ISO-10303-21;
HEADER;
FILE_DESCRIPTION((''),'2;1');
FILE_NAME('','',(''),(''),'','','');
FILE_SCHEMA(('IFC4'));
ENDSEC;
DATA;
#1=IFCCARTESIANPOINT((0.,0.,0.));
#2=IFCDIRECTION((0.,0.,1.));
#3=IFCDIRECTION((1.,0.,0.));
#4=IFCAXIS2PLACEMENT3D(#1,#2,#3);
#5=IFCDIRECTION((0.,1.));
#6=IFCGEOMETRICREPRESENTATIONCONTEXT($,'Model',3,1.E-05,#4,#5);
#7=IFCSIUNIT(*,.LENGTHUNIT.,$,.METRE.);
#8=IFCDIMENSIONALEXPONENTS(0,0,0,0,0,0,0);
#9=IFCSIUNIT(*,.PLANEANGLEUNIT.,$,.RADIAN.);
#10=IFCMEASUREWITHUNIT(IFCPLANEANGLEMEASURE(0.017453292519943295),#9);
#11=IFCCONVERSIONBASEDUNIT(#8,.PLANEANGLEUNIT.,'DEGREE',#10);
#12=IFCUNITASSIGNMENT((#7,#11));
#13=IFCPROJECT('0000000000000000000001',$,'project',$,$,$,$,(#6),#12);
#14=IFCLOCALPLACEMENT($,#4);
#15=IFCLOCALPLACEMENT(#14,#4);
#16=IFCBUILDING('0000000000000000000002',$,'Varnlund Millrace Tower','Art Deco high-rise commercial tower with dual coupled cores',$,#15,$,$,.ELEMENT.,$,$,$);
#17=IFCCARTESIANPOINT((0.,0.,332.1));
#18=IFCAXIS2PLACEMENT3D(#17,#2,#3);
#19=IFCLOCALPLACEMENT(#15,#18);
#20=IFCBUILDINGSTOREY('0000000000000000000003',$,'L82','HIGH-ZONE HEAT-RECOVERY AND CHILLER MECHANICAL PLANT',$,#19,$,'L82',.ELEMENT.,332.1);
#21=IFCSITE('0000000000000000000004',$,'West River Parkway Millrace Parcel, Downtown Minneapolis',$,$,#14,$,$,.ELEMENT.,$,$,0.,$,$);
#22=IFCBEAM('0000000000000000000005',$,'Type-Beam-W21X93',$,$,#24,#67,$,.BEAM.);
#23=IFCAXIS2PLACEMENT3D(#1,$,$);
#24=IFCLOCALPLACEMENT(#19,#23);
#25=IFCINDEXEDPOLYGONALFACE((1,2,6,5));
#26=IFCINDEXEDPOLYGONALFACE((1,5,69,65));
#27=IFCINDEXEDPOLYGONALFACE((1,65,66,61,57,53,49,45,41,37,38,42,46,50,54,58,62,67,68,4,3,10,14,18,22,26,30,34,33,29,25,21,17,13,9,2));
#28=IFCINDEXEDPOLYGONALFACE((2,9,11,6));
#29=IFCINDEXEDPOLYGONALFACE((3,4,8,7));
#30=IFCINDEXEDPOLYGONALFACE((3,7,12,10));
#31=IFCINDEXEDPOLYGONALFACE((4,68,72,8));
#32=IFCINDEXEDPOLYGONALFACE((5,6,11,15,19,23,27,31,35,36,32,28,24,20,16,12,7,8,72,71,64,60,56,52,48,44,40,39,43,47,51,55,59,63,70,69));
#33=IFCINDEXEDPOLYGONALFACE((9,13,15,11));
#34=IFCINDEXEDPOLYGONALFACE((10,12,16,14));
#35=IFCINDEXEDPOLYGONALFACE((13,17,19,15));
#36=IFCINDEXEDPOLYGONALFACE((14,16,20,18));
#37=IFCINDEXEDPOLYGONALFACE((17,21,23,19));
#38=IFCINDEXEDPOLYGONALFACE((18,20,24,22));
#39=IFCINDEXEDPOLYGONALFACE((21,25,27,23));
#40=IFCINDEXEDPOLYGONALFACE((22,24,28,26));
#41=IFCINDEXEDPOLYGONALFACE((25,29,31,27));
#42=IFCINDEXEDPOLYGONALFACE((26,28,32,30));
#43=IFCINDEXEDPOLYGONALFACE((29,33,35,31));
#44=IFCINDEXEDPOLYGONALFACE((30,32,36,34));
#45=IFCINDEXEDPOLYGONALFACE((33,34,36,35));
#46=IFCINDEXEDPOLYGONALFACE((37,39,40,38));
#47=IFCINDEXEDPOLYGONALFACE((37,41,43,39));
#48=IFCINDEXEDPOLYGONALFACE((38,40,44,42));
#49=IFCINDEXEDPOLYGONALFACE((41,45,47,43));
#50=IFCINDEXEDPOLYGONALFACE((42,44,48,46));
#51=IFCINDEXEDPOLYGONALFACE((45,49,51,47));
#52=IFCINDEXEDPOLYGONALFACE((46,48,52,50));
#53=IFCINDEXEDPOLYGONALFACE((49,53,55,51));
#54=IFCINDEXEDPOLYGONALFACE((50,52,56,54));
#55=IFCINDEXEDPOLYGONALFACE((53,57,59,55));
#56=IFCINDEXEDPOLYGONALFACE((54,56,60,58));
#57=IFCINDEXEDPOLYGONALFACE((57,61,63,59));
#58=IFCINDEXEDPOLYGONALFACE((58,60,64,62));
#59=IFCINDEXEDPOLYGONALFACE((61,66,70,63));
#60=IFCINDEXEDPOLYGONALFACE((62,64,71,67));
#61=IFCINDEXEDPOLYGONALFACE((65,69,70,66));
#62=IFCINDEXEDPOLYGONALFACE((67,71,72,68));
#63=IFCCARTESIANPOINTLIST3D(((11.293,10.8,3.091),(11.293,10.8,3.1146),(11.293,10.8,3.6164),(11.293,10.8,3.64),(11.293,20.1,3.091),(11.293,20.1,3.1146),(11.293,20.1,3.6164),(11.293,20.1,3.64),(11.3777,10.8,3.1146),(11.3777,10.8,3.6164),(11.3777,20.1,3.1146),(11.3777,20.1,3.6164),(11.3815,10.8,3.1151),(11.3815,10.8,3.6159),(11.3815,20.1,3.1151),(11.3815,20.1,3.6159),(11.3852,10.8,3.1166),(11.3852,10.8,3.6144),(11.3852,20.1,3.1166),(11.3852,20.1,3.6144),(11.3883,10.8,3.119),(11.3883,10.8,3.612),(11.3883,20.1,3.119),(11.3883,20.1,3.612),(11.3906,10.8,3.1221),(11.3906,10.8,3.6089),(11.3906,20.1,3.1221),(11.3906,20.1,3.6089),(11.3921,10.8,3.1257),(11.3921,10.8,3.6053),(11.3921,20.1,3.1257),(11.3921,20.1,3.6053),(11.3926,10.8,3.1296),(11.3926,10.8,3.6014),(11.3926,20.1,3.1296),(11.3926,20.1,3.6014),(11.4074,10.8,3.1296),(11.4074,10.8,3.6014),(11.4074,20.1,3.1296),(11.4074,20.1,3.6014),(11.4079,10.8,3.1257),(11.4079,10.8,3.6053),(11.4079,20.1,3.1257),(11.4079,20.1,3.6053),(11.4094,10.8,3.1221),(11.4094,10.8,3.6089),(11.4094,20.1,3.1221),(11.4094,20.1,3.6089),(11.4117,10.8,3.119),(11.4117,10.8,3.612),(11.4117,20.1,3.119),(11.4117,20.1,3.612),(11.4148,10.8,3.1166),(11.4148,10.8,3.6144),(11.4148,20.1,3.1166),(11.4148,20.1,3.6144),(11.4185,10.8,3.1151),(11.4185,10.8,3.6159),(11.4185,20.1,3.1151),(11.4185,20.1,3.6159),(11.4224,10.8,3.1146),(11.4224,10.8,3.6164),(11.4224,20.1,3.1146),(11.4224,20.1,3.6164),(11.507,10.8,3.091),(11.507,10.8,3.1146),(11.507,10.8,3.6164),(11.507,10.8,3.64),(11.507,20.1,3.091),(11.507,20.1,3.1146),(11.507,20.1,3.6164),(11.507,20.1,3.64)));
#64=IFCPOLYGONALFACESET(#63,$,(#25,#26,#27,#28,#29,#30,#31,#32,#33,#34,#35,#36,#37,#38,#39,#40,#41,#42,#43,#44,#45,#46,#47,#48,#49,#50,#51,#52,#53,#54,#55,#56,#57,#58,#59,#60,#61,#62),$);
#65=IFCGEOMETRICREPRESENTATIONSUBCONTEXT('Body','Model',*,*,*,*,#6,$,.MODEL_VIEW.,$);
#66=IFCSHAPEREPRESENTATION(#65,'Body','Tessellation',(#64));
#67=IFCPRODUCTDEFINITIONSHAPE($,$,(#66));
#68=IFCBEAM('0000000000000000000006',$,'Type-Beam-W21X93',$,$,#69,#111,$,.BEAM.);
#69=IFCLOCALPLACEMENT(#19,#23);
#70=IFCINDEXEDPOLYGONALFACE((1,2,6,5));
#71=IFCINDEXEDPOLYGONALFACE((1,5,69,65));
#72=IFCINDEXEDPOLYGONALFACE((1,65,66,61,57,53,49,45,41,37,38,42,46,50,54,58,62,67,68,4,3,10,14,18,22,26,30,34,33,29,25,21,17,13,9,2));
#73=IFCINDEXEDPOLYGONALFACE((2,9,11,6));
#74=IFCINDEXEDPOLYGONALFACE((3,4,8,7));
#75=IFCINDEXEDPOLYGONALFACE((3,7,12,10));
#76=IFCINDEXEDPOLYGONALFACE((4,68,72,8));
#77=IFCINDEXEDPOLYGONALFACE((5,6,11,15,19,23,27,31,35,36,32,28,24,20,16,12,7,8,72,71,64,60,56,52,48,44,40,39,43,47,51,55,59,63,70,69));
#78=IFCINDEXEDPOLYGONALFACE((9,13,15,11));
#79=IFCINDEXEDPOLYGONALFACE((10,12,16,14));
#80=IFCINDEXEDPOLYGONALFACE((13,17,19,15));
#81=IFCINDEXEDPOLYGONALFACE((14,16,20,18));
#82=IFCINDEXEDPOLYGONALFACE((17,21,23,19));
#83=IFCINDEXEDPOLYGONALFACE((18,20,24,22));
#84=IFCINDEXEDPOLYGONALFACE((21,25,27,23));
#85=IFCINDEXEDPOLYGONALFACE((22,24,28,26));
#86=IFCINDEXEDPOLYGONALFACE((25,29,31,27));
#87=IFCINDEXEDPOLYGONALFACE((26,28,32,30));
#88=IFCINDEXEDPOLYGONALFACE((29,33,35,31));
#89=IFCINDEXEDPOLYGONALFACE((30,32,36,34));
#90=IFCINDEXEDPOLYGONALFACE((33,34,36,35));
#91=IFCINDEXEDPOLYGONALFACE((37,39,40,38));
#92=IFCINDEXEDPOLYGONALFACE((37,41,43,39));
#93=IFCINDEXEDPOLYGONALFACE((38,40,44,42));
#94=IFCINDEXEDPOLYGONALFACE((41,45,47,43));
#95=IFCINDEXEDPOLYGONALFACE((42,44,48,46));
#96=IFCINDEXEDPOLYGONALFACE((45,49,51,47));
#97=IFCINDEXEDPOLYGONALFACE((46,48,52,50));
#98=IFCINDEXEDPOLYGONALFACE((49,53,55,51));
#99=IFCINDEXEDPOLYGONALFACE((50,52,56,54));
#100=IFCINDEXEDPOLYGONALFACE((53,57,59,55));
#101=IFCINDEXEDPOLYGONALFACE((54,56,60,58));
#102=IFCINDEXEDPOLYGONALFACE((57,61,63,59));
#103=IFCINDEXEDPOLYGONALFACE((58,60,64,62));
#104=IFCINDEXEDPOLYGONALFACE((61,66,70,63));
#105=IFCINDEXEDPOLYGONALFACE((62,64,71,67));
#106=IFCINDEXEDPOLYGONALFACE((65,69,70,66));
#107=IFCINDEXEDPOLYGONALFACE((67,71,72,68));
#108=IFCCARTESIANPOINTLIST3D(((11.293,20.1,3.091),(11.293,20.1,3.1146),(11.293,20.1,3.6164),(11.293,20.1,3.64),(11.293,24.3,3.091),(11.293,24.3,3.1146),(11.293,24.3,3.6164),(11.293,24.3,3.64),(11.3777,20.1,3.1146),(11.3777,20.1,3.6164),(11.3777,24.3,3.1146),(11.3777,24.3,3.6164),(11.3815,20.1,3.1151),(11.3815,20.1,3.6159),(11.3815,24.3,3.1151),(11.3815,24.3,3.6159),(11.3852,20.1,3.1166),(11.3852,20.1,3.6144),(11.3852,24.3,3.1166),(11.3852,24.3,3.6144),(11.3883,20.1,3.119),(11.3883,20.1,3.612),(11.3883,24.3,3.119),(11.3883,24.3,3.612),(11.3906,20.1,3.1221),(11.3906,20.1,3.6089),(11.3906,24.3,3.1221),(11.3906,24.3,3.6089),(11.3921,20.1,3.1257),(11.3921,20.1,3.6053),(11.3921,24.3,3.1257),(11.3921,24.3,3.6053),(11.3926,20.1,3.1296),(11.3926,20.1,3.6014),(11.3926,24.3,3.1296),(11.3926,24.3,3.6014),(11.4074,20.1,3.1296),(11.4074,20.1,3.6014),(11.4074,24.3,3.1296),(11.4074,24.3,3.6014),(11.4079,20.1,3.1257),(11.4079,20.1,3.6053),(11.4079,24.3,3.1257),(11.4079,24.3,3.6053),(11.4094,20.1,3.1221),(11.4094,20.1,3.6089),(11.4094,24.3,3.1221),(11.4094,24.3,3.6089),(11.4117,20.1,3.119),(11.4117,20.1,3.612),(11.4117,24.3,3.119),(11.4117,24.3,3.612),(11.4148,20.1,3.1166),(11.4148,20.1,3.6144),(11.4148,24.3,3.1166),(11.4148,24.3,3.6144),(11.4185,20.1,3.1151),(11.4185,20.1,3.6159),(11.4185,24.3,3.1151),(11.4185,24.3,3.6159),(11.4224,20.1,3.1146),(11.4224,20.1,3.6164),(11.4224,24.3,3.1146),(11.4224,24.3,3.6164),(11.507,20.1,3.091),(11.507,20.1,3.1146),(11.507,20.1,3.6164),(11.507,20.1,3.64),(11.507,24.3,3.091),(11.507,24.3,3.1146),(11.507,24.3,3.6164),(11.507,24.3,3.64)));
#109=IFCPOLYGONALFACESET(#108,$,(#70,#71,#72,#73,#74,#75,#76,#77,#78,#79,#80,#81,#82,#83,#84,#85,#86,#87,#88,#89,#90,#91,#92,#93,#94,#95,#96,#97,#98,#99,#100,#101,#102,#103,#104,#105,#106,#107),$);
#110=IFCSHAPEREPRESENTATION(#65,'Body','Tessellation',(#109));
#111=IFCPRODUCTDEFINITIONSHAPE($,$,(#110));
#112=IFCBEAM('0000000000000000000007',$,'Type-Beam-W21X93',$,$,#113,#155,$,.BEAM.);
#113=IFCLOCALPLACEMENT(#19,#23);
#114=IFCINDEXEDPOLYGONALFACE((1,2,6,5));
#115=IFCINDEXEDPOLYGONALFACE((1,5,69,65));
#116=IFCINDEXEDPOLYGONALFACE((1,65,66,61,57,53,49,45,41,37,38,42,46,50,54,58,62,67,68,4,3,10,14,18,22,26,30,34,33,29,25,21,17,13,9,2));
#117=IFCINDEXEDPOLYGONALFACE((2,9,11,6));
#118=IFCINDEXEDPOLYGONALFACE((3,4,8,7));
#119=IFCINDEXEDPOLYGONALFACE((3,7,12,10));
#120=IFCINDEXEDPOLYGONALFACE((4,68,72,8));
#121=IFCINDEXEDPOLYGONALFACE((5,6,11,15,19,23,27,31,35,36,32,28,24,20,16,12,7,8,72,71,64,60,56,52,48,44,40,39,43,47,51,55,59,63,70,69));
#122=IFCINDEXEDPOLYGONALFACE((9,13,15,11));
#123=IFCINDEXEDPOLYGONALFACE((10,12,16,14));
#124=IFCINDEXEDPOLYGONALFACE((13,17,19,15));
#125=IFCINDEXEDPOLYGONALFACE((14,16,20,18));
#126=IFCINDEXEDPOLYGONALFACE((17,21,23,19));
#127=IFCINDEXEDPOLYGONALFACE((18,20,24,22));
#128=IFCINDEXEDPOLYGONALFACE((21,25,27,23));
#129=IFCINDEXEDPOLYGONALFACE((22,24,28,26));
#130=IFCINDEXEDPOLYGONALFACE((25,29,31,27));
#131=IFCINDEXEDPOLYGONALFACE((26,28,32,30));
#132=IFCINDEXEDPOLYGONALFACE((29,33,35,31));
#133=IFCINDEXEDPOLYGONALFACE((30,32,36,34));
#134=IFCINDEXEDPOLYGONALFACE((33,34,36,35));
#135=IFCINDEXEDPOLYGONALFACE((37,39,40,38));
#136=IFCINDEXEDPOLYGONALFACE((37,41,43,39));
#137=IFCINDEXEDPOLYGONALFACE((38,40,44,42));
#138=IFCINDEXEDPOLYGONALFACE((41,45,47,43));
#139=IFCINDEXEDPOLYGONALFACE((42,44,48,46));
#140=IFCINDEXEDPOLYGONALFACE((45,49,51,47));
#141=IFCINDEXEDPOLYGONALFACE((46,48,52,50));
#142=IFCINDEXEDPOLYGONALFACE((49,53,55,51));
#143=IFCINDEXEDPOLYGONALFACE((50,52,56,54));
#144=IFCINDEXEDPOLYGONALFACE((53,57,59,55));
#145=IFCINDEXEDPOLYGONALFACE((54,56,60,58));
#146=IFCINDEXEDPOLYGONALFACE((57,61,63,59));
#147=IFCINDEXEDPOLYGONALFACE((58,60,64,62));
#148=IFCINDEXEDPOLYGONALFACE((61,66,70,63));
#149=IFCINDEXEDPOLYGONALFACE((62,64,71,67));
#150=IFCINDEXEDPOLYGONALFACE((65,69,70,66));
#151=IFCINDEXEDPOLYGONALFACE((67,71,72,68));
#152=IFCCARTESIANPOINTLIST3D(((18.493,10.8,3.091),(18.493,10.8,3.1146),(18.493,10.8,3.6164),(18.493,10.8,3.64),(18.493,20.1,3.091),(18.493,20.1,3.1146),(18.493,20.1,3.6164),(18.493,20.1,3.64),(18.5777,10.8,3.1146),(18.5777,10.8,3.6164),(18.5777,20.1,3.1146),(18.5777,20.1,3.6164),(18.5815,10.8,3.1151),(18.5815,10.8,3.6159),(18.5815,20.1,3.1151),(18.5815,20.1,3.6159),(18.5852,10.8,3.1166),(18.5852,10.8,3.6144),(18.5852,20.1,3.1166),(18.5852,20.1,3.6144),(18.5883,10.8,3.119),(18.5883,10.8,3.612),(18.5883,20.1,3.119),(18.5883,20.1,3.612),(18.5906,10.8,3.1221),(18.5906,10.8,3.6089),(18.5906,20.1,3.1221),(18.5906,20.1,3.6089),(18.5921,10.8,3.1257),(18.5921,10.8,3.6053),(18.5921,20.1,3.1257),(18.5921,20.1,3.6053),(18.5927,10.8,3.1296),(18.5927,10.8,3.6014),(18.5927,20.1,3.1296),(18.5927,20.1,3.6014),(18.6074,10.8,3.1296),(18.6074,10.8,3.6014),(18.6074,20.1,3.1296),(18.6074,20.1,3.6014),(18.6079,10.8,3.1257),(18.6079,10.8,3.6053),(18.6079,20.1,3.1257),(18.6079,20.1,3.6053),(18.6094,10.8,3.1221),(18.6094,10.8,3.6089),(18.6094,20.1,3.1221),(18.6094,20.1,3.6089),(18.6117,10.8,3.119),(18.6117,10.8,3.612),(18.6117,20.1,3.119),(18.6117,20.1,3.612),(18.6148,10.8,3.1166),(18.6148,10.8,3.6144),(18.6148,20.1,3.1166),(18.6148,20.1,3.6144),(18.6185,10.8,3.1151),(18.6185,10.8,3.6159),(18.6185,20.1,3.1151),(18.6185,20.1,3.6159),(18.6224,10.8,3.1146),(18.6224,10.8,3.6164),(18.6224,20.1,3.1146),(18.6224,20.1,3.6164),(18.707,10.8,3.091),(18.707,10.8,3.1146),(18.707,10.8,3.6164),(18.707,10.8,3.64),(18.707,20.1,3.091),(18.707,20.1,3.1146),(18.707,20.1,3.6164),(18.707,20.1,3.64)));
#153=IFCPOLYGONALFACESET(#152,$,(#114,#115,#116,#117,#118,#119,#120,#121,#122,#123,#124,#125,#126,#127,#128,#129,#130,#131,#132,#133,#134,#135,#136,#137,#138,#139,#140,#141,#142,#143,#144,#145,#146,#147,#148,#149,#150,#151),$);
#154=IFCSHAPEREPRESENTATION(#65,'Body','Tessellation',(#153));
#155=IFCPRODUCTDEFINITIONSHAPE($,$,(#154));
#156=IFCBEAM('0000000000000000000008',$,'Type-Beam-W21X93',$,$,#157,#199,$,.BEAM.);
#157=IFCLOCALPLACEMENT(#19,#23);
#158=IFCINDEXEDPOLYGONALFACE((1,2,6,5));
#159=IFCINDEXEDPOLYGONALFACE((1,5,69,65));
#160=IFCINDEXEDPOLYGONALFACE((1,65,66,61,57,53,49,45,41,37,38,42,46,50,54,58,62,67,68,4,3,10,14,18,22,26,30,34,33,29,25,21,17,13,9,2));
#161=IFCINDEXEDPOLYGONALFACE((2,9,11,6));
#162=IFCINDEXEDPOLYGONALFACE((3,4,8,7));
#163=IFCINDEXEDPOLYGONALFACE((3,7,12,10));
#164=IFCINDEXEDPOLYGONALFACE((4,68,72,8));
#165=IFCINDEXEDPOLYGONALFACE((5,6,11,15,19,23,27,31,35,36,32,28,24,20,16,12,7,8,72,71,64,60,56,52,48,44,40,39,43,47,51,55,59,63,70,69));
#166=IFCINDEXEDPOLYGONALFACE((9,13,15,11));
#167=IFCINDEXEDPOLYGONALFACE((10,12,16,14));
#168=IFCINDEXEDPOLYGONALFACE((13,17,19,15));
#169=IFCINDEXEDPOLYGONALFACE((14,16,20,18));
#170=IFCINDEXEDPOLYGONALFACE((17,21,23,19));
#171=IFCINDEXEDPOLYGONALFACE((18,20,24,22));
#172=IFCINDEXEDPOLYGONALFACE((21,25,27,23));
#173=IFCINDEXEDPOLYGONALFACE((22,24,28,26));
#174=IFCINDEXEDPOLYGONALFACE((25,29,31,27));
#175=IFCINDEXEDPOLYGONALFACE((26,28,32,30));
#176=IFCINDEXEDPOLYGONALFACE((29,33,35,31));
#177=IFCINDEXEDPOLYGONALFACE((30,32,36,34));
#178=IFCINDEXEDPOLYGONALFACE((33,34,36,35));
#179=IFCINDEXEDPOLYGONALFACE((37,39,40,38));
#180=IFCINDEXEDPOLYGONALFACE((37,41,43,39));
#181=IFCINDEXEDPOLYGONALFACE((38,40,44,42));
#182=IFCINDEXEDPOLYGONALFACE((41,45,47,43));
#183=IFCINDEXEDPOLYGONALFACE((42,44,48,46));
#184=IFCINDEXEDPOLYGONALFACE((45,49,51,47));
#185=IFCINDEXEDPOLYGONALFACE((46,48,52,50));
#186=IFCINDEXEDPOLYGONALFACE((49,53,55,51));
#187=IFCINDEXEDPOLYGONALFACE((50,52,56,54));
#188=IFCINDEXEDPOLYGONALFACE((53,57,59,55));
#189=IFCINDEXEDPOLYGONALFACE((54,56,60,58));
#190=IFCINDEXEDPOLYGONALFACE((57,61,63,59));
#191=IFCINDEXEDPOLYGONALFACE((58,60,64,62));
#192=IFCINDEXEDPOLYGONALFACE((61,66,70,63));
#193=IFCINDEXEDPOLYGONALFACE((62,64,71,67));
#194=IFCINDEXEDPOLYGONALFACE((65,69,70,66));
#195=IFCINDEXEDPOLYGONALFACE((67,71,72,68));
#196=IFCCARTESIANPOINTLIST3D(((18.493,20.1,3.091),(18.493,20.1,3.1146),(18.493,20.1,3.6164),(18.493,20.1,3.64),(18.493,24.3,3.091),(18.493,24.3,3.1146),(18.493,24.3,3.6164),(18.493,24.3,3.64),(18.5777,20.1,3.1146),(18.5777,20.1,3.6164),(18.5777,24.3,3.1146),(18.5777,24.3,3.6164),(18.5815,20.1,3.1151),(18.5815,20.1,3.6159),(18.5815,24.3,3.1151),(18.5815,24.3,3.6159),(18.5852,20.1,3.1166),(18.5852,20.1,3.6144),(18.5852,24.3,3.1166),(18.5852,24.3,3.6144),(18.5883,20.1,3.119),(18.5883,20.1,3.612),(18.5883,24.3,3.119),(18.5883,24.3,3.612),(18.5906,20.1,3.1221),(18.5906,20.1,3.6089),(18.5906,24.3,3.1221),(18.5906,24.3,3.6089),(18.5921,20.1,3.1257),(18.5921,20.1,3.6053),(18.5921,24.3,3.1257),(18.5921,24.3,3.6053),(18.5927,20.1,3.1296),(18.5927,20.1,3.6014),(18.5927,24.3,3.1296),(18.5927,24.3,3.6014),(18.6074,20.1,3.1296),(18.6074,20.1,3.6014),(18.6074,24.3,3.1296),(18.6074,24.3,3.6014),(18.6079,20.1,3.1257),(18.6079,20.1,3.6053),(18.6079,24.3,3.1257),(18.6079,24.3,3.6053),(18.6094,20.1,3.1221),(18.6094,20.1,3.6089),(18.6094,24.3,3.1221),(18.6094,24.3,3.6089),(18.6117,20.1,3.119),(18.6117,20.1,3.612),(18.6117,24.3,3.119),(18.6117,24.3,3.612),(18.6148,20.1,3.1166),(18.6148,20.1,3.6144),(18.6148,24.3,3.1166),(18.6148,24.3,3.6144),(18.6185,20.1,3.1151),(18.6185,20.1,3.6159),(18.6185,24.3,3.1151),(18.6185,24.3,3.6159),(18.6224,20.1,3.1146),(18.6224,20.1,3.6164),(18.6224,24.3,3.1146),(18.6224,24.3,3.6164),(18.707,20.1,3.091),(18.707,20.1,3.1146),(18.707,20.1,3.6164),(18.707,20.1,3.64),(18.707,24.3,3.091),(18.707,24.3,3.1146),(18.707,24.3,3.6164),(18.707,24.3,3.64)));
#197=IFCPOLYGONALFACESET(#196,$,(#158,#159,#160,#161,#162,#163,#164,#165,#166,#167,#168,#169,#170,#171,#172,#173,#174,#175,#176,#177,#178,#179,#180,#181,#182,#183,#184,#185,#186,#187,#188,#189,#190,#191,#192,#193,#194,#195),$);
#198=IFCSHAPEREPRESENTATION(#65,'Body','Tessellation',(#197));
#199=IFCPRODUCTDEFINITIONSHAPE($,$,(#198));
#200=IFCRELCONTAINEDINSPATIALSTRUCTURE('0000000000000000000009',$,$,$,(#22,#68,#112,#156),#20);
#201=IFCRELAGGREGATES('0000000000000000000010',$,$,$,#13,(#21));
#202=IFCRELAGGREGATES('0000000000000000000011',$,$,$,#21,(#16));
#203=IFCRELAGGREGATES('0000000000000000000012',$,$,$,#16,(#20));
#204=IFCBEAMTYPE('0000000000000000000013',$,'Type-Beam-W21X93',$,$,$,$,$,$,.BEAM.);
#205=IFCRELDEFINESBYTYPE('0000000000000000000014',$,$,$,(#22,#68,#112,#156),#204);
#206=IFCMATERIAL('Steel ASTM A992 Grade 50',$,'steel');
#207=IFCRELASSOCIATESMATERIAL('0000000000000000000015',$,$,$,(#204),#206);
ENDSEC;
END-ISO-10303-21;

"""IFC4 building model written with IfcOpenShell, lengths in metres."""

from ifc_helpers import new_model, entity, si_unit, converted_unit, direction, frame, origin_with_axes, origin_2d_with_axis, place, context, subcontext, project, spatial, i_section, extrude, material, material_profile, profile_set, type_object, element, save


model = new_model("IFC4")

# Units and contexts
model_context = context("Model", 3, precision=1e-05, world=origin_with_axes(), true_north=direction((0.0, 1.0)))
body_context = subcontext(model_context, "Body", "Model", "MODEL_VIEW")
ifc_project = project(units=[si_unit("LENGTHUNIT", "METRE"), converted_unit("PLANEANGLEUNIT", "DEGREE", entity("IfcPlaneAngleMeasure", 0.017453292519943295), si_unit("PLANEANGLEUNIT", "RADIAN"), dimensions=[0, 0, 0, 0, 0, 0, 0])], contexts=[model_context])

# Site, building, storey
site_placement = place(None, origin_with_axes())
site = spatial("IfcSite", under=ifc_project, at=site_placement, Name="West River Parkway Millrace Parcel, Downtown Minneapolis", CompositionType="ELEMENT", RefElevation=0.0)
building_placement = place(site_placement, origin_with_axes())
building = spatial("IfcBuilding", under=site, at=building_placement, Name="Varnlund Millrace Tower", Description="Art Deco high-rise commercial tower with dual coupled cores", CompositionType="ELEMENT")
storey_placement = place(building_placement, frame((0.0, 0.0, 332.1), z_axis=(0.0, 0.0, 1.0), x_axis=(1.0, 0.0, 0.0)))
storey = spatial("IfcBuildingStorey", under=building, at=storey_placement, Name="L82", Description="HIGH-ZONE HEAT-RECOVERY AND CHILLER MECHANICAL PLANT", LongName="L82", CompositionType="ELEMENT", Elevation=332.1)

# Beams
ifc_material_1 = material(Name="Steel ASTM A992 Grade 50", Category="steel")
ifc_material_profile_1 = material_profile(ifc_material_1, i_section(OverallWidth=0.214, OverallDepth=0.549, WebThickness=0.0147, FlangeThickness=0.0236, FilletRadius=0.015, at=origin_2d_with_axis()), Name="Steel ASTM A992 Grade 50")
ifc_profile_set_1 = profile_set([ifc_material_profile_1], Name="Steel ASTM A992 Grade 50")
beam_type_1 = type_object("IfcBeamType", Name="Type-Beam-W21X93", PredefinedType="BEAM", material=ifc_profile_set_1)
beam_1_placement = place(storey_placement, frame((11.4, 10.8, 3.3655), z_axis=(0.0, 1.0, 0.0), x_axis=(-1.0, 0.0, 0.0)))
element("IfcBeam", 1, at=beam_1_placement, inside=storey, type_object=beam_type_1, Name="Type-Beam-W21X93", PredefinedType="BEAM", context=body_context, shape_type="SweptSolid", body=[
    extrude(i_section(OverallWidth=0.214, OverallDepth=0.549, WebThickness=0.0147, FlangeThickness=0.0236, FilletRadius=0.015, at=origin_2d_with_axis()), origin_with_axes(), (0.0, 0.0, 1.0), 9.3),
])
beam_2_placement = place(storey_placement, frame((11.4, 20.1, 3.3655), z_axis=(0.0, 1.0, 0.0), x_axis=(-1.0, 0.0, 0.0)))
element("IfcBeam", 2, at=beam_2_placement, inside=storey, type_object=beam_type_1, Name="Type-Beam-W21X93", PredefinedType="BEAM", context=body_context, shape_type="SweptSolid", body=[
    extrude(i_section(OverallWidth=0.214, OverallDepth=0.549, WebThickness=0.0147, FlangeThickness=0.0236, FilletRadius=0.015, at=origin_2d_with_axis()), origin_with_axes(), (0.0, 0.0, 1.0), 4.2),
])
beam_3_placement = place(storey_placement, frame((18.6, 10.8, 3.3655), z_axis=(0.0, 1.0, 0.0), x_axis=(-1.0, 0.0, 0.0)))
element("IfcBeam", 3, at=beam_3_placement, inside=storey, type_object=beam_type_1, Name="Type-Beam-W21X93", PredefinedType="BEAM", context=body_context, shape_type="SweptSolid", body=[
    extrude(i_section(OverallWidth=0.214, OverallDepth=0.549, WebThickness=0.0147, FlangeThickness=0.0236, FilletRadius=0.015, at=origin_2d_with_axis()), origin_with_axes(), (0.0, 0.0, 1.0), 9.3),
])
beam_4_placement = place(storey_placement, frame((18.6, 20.1, 3.3655), z_axis=(0.0, 1.0, 0.0), x_axis=(-1.0, 0.0, 0.0)))
element("IfcBeam", 4, at=beam_4_placement, inside=storey, type_object=beam_type_1, Name="Type-Beam-W21X93", PredefinedType="BEAM", context=body_context, shape_type="SweptSolid", body=[
    extrude(i_section(OverallWidth=0.214, OverallDepth=0.549, WebThickness=0.0147, FlangeThickness=0.0236, FilletRadius=0.015, at=origin_2d_with_axis()), origin_with_axes(), (0.0, 0.0, 1.0), 4.2),
])

save(model, "model.ifc")
